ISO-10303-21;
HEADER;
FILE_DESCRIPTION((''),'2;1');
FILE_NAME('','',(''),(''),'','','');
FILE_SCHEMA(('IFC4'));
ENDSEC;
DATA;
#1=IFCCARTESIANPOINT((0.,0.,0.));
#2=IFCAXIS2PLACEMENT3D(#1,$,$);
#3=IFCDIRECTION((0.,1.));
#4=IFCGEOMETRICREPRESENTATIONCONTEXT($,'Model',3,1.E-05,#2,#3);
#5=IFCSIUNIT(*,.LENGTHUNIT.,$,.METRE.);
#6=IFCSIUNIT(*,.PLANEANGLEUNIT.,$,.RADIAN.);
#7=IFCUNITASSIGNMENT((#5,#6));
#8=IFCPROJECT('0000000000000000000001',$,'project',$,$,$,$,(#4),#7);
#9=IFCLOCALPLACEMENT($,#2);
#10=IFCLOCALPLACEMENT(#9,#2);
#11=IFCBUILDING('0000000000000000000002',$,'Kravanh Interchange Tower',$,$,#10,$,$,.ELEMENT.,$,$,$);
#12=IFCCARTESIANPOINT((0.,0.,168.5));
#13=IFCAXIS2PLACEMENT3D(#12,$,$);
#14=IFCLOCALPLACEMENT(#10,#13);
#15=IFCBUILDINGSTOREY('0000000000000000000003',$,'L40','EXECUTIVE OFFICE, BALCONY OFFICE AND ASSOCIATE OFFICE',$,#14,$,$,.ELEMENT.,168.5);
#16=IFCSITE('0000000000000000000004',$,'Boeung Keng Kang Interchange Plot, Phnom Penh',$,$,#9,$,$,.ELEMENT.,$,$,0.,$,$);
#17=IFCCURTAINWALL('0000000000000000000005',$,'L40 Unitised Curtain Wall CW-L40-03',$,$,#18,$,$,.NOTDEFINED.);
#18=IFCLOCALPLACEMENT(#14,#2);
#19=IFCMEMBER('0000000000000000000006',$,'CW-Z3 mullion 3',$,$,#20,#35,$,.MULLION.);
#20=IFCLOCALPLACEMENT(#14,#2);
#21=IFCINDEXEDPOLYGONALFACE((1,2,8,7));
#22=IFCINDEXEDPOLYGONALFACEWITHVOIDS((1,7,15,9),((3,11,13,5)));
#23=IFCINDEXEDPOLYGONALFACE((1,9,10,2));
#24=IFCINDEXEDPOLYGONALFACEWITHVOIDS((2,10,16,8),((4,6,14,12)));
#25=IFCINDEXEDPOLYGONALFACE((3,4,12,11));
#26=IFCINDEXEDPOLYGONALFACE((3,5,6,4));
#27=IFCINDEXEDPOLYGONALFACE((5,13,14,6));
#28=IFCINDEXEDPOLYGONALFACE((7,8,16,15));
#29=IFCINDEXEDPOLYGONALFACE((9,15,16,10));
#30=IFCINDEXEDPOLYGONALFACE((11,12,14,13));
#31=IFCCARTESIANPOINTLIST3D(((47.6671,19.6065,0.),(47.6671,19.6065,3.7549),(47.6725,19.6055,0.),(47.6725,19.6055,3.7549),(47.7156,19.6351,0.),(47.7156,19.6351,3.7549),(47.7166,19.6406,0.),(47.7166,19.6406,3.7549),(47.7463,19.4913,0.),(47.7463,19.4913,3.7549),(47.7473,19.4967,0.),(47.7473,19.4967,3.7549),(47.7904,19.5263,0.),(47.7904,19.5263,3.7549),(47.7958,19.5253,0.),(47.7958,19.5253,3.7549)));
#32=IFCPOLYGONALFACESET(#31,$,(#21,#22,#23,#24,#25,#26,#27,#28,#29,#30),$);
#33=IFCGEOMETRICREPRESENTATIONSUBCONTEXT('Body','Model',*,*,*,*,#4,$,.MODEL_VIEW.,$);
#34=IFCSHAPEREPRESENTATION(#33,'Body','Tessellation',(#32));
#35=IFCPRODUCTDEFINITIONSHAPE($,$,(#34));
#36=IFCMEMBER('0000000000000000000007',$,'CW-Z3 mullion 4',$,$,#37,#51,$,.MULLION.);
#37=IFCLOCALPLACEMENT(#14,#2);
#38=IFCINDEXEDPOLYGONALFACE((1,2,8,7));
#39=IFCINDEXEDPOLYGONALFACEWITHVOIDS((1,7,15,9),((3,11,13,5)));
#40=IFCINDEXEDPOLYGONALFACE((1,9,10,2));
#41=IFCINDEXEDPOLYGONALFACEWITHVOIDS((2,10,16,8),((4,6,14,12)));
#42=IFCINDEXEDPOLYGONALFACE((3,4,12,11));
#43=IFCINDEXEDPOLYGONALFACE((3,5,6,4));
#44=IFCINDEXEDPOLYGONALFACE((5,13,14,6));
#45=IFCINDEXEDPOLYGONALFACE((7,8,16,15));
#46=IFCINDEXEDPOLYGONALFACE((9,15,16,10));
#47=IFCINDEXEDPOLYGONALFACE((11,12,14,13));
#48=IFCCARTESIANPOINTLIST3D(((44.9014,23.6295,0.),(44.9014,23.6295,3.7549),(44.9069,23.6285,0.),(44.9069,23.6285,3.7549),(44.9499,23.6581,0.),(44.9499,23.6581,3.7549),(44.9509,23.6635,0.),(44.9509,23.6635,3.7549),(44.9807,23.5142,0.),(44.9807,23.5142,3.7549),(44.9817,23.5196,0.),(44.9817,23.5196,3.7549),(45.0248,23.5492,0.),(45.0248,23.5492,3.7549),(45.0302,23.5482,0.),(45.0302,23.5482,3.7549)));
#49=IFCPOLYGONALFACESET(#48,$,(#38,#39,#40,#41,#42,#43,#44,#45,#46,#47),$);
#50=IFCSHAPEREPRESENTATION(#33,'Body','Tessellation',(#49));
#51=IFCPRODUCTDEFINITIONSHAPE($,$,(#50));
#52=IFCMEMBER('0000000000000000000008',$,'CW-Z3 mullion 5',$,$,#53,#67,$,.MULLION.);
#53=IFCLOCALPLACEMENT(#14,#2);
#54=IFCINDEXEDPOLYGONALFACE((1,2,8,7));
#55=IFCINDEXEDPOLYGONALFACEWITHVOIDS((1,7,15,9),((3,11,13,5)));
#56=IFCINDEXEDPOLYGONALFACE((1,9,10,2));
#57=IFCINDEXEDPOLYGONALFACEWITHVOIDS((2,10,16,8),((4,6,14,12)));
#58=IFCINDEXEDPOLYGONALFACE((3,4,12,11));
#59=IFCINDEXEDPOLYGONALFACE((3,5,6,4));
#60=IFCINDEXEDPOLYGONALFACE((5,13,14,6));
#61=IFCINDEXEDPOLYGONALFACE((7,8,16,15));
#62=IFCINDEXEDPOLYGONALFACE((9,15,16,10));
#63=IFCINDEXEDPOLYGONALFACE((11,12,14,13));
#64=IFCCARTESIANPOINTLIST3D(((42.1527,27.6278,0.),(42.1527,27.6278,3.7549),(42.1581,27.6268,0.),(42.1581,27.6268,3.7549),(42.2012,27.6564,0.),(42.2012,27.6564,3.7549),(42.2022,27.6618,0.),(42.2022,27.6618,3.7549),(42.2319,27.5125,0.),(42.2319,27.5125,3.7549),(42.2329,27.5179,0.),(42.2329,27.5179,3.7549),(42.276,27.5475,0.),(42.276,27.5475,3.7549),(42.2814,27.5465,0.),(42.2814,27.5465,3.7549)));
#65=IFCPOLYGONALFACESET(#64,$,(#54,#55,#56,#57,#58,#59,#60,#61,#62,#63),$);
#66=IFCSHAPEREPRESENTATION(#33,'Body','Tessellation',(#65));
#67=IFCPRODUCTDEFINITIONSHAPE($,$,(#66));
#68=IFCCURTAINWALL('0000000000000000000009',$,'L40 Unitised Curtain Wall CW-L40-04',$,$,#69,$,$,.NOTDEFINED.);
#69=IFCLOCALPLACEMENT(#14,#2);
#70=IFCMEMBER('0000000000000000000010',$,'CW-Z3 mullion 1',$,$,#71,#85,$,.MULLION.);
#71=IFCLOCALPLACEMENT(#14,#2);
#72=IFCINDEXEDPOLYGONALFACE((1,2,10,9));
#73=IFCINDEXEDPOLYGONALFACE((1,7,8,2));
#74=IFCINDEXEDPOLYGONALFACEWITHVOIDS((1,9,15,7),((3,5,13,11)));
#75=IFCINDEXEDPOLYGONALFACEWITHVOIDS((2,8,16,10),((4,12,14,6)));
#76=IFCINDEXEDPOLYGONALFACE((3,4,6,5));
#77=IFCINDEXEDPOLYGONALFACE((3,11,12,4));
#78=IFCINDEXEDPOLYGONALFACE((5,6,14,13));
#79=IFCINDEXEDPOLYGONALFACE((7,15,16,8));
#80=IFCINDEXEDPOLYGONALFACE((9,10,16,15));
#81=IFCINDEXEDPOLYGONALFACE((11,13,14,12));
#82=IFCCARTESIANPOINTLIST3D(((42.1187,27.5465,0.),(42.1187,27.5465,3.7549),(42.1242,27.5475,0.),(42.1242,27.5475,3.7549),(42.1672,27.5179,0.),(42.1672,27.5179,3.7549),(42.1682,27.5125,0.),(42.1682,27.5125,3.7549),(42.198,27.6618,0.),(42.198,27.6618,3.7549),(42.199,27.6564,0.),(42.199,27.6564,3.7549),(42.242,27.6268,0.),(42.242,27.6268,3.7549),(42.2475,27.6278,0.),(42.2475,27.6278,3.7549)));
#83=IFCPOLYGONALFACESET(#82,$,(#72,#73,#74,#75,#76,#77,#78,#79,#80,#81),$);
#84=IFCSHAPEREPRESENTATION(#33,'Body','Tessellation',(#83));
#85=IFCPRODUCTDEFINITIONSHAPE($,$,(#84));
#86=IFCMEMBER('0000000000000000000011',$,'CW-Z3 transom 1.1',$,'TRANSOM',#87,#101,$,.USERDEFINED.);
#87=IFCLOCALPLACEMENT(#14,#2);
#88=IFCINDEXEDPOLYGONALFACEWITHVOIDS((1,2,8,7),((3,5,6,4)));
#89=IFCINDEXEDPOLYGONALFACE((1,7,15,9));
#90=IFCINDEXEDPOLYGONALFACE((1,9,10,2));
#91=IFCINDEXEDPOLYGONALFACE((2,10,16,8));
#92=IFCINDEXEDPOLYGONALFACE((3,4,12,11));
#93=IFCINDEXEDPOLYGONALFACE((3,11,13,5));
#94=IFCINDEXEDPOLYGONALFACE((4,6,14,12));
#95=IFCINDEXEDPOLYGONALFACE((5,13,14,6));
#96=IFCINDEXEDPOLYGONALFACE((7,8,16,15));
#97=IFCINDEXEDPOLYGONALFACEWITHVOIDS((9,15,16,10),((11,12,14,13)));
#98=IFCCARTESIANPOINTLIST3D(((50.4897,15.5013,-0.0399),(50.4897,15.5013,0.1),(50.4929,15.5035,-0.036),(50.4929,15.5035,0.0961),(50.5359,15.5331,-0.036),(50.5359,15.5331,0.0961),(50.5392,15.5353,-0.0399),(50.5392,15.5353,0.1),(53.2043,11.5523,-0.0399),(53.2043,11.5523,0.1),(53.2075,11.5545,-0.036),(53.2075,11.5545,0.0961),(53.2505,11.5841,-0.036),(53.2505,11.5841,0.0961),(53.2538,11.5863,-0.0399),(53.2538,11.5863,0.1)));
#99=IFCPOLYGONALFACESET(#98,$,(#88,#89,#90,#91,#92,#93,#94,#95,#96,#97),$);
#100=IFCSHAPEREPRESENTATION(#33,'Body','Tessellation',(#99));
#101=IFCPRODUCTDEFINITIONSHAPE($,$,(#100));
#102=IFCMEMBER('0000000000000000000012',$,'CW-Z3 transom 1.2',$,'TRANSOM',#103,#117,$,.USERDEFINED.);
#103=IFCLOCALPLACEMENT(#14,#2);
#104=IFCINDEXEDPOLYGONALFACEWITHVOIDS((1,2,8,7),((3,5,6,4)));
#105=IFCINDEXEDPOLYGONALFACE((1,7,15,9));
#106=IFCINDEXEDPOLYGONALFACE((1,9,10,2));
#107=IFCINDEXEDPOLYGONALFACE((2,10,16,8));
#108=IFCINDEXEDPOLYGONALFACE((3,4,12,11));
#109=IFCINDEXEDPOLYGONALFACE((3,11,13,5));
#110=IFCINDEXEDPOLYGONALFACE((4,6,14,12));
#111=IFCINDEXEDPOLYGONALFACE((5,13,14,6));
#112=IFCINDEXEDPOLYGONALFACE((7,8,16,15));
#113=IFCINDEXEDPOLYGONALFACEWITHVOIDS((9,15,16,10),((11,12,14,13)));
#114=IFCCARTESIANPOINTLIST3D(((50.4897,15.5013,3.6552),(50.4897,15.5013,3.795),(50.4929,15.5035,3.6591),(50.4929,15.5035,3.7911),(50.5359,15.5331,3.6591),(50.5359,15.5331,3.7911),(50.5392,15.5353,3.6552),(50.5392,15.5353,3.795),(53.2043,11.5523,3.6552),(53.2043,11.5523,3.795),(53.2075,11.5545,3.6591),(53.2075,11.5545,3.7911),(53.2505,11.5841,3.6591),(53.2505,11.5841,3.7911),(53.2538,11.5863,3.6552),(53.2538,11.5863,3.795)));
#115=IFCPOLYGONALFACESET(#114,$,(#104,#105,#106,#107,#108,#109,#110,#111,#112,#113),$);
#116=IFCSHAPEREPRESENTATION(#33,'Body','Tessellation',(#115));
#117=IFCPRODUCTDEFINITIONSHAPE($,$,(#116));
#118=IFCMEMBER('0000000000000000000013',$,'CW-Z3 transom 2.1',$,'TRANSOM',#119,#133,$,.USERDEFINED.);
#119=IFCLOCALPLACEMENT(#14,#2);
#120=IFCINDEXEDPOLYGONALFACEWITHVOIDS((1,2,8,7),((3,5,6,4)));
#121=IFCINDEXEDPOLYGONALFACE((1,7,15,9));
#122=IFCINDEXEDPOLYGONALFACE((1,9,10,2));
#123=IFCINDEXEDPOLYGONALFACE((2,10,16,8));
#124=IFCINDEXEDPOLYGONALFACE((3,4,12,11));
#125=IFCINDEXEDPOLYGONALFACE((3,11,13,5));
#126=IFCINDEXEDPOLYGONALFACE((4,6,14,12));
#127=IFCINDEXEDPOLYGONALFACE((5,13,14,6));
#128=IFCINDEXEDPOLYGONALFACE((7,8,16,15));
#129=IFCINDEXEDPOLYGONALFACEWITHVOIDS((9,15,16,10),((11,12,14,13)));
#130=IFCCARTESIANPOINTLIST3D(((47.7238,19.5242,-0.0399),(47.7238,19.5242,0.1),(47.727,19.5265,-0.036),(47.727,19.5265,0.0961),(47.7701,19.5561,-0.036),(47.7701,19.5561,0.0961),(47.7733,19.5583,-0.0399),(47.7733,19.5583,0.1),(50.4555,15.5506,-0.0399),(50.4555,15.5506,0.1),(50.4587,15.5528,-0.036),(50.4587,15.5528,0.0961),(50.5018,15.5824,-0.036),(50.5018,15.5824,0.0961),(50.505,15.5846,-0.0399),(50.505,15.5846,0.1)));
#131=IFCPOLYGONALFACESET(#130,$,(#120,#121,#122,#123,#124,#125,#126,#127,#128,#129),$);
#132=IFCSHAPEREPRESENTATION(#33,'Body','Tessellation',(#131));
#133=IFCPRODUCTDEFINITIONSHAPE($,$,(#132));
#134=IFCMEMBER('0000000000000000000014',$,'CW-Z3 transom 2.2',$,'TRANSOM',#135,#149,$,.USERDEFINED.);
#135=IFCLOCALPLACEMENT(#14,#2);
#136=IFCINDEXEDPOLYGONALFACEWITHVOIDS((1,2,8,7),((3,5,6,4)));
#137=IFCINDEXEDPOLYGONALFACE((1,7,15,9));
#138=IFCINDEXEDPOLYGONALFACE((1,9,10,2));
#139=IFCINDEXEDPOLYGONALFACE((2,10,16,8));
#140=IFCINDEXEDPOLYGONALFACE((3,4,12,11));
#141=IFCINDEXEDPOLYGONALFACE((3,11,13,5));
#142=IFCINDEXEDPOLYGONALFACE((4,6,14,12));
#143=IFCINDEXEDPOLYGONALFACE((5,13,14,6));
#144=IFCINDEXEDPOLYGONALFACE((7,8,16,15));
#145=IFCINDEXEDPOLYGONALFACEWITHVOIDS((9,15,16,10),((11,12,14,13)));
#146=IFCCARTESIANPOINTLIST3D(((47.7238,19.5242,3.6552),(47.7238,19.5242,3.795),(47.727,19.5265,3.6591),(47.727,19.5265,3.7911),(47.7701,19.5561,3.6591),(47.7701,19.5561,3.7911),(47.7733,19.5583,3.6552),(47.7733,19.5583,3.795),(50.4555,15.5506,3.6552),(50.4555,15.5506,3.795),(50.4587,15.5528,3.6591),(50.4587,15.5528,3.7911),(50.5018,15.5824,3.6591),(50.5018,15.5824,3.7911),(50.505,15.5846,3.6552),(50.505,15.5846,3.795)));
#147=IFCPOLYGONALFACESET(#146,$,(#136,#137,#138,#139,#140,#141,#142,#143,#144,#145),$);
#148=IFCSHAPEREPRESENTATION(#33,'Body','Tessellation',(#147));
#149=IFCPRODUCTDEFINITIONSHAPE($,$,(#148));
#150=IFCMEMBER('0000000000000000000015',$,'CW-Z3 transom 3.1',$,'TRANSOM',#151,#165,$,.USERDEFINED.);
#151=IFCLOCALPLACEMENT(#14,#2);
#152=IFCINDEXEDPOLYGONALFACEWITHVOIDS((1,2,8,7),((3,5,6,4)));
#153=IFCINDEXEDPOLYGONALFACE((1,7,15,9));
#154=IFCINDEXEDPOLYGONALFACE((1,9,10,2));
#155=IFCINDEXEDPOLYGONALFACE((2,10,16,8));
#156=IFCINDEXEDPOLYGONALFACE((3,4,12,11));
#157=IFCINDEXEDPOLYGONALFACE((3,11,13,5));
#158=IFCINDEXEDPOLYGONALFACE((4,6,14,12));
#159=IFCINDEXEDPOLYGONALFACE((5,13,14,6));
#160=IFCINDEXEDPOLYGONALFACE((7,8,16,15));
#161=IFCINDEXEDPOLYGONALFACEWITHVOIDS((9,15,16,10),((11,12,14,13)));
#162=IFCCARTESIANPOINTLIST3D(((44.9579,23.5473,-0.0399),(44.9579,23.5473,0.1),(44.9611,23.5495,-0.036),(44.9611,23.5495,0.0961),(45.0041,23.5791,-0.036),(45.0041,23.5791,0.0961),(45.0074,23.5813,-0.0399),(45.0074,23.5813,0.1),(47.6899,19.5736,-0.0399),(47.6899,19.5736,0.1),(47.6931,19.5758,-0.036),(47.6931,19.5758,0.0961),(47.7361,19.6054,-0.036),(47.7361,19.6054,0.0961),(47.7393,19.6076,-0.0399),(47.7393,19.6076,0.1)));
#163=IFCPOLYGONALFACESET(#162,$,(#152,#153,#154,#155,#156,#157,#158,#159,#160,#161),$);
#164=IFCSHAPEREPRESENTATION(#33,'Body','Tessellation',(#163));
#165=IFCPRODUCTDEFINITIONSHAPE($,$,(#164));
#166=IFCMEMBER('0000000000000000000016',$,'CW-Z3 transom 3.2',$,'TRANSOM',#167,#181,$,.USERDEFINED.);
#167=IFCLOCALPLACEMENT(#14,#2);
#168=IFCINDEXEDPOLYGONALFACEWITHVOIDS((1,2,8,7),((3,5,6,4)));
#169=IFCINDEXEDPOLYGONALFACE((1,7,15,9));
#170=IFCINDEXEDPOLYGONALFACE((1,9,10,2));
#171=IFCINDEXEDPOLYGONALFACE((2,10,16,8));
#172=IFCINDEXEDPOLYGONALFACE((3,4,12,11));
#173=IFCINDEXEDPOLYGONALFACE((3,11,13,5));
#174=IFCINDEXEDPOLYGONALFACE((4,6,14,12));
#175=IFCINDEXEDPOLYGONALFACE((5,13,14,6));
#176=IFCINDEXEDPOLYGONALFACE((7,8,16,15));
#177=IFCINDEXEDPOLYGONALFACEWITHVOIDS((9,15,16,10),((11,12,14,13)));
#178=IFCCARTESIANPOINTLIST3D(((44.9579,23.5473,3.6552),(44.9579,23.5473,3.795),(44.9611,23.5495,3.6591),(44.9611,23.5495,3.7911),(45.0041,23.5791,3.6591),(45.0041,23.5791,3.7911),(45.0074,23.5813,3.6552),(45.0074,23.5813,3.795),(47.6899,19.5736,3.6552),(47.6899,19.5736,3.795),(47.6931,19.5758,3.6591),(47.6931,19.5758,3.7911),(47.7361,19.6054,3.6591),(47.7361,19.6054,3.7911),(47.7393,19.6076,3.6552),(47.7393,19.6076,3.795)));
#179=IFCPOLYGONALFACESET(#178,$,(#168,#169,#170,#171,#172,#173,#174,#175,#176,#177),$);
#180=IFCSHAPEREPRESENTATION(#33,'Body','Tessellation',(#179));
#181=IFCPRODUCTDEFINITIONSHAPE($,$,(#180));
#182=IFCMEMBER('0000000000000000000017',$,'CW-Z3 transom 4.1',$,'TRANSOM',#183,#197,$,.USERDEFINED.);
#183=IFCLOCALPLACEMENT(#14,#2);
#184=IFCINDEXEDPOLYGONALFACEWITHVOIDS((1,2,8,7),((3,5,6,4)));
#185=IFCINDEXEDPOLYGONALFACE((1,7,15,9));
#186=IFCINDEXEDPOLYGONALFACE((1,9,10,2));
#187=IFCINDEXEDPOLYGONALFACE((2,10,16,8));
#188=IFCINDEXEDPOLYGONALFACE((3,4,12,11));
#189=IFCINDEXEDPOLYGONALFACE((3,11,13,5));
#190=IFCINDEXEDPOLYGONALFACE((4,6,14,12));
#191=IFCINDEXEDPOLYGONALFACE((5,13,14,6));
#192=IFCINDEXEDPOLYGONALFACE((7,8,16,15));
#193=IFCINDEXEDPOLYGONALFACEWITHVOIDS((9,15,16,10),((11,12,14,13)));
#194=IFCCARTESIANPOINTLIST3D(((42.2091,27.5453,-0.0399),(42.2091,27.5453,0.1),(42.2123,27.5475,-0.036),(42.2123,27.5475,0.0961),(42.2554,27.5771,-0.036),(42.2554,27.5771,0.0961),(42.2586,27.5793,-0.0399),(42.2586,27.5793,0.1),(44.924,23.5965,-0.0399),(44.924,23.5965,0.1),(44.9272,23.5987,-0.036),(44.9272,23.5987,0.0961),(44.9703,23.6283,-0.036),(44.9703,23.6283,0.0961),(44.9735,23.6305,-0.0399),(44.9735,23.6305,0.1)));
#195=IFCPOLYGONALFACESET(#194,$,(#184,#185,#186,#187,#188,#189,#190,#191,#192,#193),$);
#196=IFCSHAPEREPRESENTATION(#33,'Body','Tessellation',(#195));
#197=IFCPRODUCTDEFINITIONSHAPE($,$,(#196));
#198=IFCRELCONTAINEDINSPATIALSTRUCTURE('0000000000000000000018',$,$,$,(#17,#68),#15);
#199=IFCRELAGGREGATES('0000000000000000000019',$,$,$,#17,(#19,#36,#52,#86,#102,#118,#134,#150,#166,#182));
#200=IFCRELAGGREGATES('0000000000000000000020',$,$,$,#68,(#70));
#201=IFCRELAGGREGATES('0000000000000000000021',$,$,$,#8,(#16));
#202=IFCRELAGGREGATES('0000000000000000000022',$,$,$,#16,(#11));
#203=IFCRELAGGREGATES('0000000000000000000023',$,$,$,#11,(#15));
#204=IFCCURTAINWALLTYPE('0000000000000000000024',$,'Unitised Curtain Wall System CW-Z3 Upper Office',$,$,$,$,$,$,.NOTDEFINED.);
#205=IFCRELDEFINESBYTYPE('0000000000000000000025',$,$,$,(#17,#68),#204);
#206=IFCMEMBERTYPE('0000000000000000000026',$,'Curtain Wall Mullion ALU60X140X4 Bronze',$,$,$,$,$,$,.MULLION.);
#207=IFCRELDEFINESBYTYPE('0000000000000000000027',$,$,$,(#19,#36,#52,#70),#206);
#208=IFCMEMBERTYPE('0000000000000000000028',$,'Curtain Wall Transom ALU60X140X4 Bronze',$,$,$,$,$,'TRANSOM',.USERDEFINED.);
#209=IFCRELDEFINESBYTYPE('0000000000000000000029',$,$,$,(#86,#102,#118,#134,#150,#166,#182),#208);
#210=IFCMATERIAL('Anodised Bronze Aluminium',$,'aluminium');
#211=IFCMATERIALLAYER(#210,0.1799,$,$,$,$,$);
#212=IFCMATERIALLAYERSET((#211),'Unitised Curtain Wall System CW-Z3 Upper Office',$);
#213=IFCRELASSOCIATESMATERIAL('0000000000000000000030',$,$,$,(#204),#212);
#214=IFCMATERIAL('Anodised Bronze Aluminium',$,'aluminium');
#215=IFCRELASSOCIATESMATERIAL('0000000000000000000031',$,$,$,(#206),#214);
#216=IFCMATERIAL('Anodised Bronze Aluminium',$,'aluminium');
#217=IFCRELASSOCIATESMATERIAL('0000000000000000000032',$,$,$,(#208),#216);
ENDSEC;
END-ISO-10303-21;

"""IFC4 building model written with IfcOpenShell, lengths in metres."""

from ifc_helpers import new_model, si_unit, direction, frame, origin, origin_2d, place, context, subcontext, project, spatial, hollow_rectangle, extrude, material, layer, layer_set, material_profile, profile_set, type_object, element, aggregate, save


model = new_model("IFC4")

# Units and contexts
model_context = context("Model", 3, precision=1e-05, world=origin(), true_north=direction((0.0, 1.0)))
body_context = subcontext(model_context, "Body", "Model", "MODEL_VIEW")
ifc_project = project(units=[si_unit("LENGTHUNIT", "METRE"), si_unit("PLANEANGLEUNIT", "RADIAN")], contexts=[model_context])

# Site, building, storey
site_placement = place(None, origin())
site = spatial("IfcSite", under=ifc_project, at=site_placement, Name="Boeung Keng Kang Interchange Plot, Phnom Penh", CompositionType="ELEMENT", RefElevation=0.0)
building_placement = place(site_placement, origin())
building = spatial("IfcBuilding", under=site, at=building_placement, Name="Kravanh Interchange Tower", CompositionType="ELEMENT")
storey_placement = place(building_placement, frame((0.0, 0.0, 168.5)))
storey = spatial("IfcBuildingStorey", under=building, at=storey_placement, Name="L40", Description="EXECUTIVE OFFICE, BALCONY OFFICE AND ASSOCIATE OFFICE", CompositionType="ELEMENT", Elevation=168.5)

# Shared definitions
ifc_material_1 = material(Name="Anodised Bronze Aluminium", Category="aluminium")
ifc_layer_1 = layer(ifc_material_1, 0.1799)
ifc_layer_set_1 = layer_set([ifc_layer_1], Name="Unitised Curtain Wall System CW-Z3 Upper Office")
curtain_wall_type = type_object("IfcCurtainWallType", Name="Unitised Curtain Wall System CW-Z3 Upper Office", PredefinedType="NOTDEFINED", material=ifc_layer_set_1)
ifc_material_2 = material(Name="Anodised Bronze Aluminium", Category="aluminium")
ifc_material_profile_1 = material_profile(ifc_material_2, hollow_rectangle(XDim=0.0601, YDim=0.1399, WallThickness=0.0039, at=origin_2d()), Name="ALU60X140X4")
ifc_profile_set_1 = profile_set([ifc_material_profile_1], Name="Anodised Bronze Aluminium")
member_type_1 = type_object("IfcMemberType", Name="Curtain Wall Mullion ALU60X140X4 Bronze", PredefinedType="MULLION", material=ifc_profile_set_1)

# Curtain wall, members
curtain_wall_1_placement = place(storey_placement, origin())
curtain_wall_1 = element("IfcCurtainWall", 1, at=curtain_wall_1_placement, inside=storey, type_object=curtain_wall_type, Name="L40 Unitised Curtain Wall CW-L40-03", PredefinedType="NOTDEFINED")
member_1_placement = place(storey_placement, frame((47.7314, 19.5659, 0.0), z_axis=(0.0, 0.0, 1.0), x_axis=(-0.824042, -0.566528, 0.0)))
member_1 = element("IfcMember", 2, at=member_1_placement, type_object=member_type_1, Name="CW-Z3 mullion 3", PredefinedType="MULLION", context=body_context, shape_type="SweptSolid", body=[
    extrude(hollow_rectangle(XDim=0.0601, YDim=0.1399, WallThickness=0.0039, at=origin_2d()), origin(), (0.0, 0.0, 1.0), 3.7549),
])
member_2_placement = place(storey_placement, frame((44.9658, 23.5889, 0.0), z_axis=(0.0, 0.0, 1.0), x_axis=(-0.824042, -0.566528, 0.0)))
member_2 = element("IfcMember", 3, at=member_2_placement, type_object=member_type_1, Name="CW-Z3 mullion 4", PredefinedType="MULLION", context=body_context, shape_type="SweptSolid", body=[
    extrude(hollow_rectangle(XDim=0.0601, YDim=0.1399, WallThickness=0.0039, at=origin_2d()), origin(), (0.0, 0.0, 1.0), 3.7549),
])
member_3_placement = place(storey_placement, frame((42.217, 27.5872, 0.0), z_axis=(0.0, 0.0, 1.0), x_axis=(-0.824042, -0.566528, 0.0)))
member_3 = element("IfcMember", 4, at=member_3_placement, type_object=member_type_1, Name="CW-Z3 mullion 5", PredefinedType="MULLION", context=body_context, shape_type="SweptSolid", body=[
    extrude(hollow_rectangle(XDim=0.0601, YDim=0.1399, WallThickness=0.0039, at=origin_2d()), origin(), (0.0, 0.0, 1.0), 3.7549),
])

# Curtain wall, member
curtain_wall_2_placement = place(storey_placement, origin())
curtain_wall_2 = element("IfcCurtainWall", 5, at=curtain_wall_2_placement, inside=storey, type_object=curtain_wall_type, Name="L40 Unitised Curtain Wall CW-L40-04", PredefinedType="NOTDEFINED")
member_4_placement = place(storey_placement, frame((42.1831, 27.5872, 0.0), z_axis=(0.0, 0.0, 1.0), x_axis=(0.824042, -0.566528, 0.0)))
member_4 = element("IfcMember", 6, at=member_4_placement, type_object=member_type_1, Name="CW-Z3 mullion 1", PredefinedType="MULLION", context=body_context, shape_type="SweptSolid", body=[
    extrude(hollow_rectangle(XDim=0.0601, YDim=0.1399, WallThickness=0.0039, at=origin_2d()), origin(), (0.0, 0.0, 1.0), 3.7549),
])

# Members
ifc_material_3 = material(Name="Anodised Bronze Aluminium", Category="aluminium")
ifc_material_profile_2 = material_profile(ifc_material_3, hollow_rectangle(XDim=0.0601, YDim=0.1399, WallThickness=0.0039, at=origin_2d()), Name="ALU60X140X4")
ifc_profile_set_2 = profile_set([ifc_material_profile_2], Name="Anodised Bronze Aluminium")
member_type_2 = type_object("IfcMemberType", Name="Curtain Wall Transom ALU60X140X4 Bronze", ElementType="TRANSOM", PredefinedType="USERDEFINED", material=ifc_profile_set_2)
member_5_placement = place(storey_placement, frame((53.229, 11.5693, 0.03), z_axis=(-0.566483, 0.824073, 0.0), x_axis=(-0.824073, -0.566483, 0.0)))
member_5 = element("IfcMember", 7, at=member_5_placement, type_object=member_type_2, Name="CW-Z3 transom 1.1", ObjectType="TRANSOM", PredefinedType="USERDEFINED", context=body_context, shape_type="SweptSolid", body=[
    extrude(hollow_rectangle(XDim=0.0601, YDim=0.1399, WallThickness=0.0039, at=origin_2d()), origin(), (0.0, 0.0, 1.0), 4.792),
])
member_6_placement = place(storey_placement, frame((53.229, 11.5693, 3.7251), z_axis=(-0.566483, 0.824073, 0.0), x_axis=(-0.824073, -0.566483, 0.0)))
member_6 = element("IfcMember", 8, at=member_6_placement, type_object=member_type_2, Name="CW-Z3 transom 1.2", ObjectType="TRANSOM", PredefinedType="USERDEFINED", context=body_context, shape_type="SweptSolid", body=[
    extrude(hollow_rectangle(XDim=0.0601, YDim=0.1399, WallThickness=0.0039, at=origin_2d()), origin(), (0.0, 0.0, 1.0), 4.792),
])
member_7_placement = place(storey_placement, frame((50.4802, 15.5676, 0.03), z_axis=(-0.566503, 0.82406, 0.0), x_axis=(-0.82406, -0.566503, 0.0)))
member_7 = element("IfcMember", 9, at=member_7_placement, type_object=member_type_2, Name="CW-Z3 transom 2.1", ObjectType="TRANSOM", PredefinedType="USERDEFINED", context=body_context, shape_type="SweptSolid", body=[
    extrude(hollow_rectangle(XDim=0.0601, YDim=0.1399, WallThickness=0.0039, at=origin_2d()), origin(), (0.0, 0.0, 1.0), 4.822),
])
member_8_placement = place(storey_placement, frame((50.4802, 15.5676, 3.7251), z_axis=(-0.566503, 0.82406, 0.0), x_axis=(-0.82406, -0.566503, 0.0)))
member_8 = element("IfcMember", 10, at=member_8_placement, type_object=member_type_2, Name="CW-Z3 transom 2.2", ObjectType="TRANSOM", PredefinedType="USERDEFINED", context=body_context, shape_type="SweptSolid", body=[
    extrude(hollow_rectangle(XDim=0.0601, YDim=0.1399, WallThickness=0.0039, at=origin_2d()), origin(), (0.0, 0.0, 1.0), 4.822),
])
member_9_placement = place(storey_placement, frame((47.7146, 19.5906, 0.03), z_axis=(-0.566537, 0.824036, 0.0), x_axis=(-0.824036, -0.566537, 0.0)))
member_9 = element("IfcMember", 11, at=member_9_placement, type_object=member_type_2, Name="CW-Z3 transom 3.1", ObjectType="TRANSOM", PredefinedType="USERDEFINED", context=body_context, shape_type="SweptSolid", body=[
    extrude(hollow_rectangle(XDim=0.0601, YDim=0.1399, WallThickness=0.0039, at=origin_2d()), origin(), (0.0, 0.0, 1.0), 4.8223),
])
member_10_placement = place(storey_placement, frame((47.7146, 19.5906, 3.7251), z_axis=(-0.566537, 0.824036, 0.0), x_axis=(-0.824036, -0.566537, 0.0)))
member_10 = element("IfcMember", 12, at=member_10_placement, type_object=member_type_2, Name="CW-Z3 transom 3.2", ObjectType="TRANSOM", PredefinedType="USERDEFINED", context=body_context, shape_type="SweptSolid", body=[
    extrude(hollow_rectangle(XDim=0.0601, YDim=0.1399, WallThickness=0.0039, at=origin_2d()), origin(), (0.0, 0.0, 1.0), 4.8223),
])
member_11_placement = place(storey_placement, frame((44.9487, 23.6135, 0.03), z_axis=(-0.566542, 0.824033, 0.0), x_axis=(-0.824033, -0.566542, 0.0)))
member_11 = element("IfcMember", 13, at=member_11_placement, type_object=member_type_2, Name="CW-Z3 transom 4.1", ObjectType="TRANSOM", PredefinedType="USERDEFINED", context=body_context, shape_type="SweptSolid", body=[
    extrude(hollow_rectangle(XDim=0.0601, YDim=0.1399, WallThickness=0.0039, at=origin_2d()), origin(), (0.0, 0.0, 1.0), 4.792),
])

aggregate(curtain_wall_1, [member_1, member_2, member_3, member_5, member_6, member_7, member_8, member_9, member_10, member_11])
aggregate(curtain_wall_2, [member_4])

save(model, "model.ifc")
